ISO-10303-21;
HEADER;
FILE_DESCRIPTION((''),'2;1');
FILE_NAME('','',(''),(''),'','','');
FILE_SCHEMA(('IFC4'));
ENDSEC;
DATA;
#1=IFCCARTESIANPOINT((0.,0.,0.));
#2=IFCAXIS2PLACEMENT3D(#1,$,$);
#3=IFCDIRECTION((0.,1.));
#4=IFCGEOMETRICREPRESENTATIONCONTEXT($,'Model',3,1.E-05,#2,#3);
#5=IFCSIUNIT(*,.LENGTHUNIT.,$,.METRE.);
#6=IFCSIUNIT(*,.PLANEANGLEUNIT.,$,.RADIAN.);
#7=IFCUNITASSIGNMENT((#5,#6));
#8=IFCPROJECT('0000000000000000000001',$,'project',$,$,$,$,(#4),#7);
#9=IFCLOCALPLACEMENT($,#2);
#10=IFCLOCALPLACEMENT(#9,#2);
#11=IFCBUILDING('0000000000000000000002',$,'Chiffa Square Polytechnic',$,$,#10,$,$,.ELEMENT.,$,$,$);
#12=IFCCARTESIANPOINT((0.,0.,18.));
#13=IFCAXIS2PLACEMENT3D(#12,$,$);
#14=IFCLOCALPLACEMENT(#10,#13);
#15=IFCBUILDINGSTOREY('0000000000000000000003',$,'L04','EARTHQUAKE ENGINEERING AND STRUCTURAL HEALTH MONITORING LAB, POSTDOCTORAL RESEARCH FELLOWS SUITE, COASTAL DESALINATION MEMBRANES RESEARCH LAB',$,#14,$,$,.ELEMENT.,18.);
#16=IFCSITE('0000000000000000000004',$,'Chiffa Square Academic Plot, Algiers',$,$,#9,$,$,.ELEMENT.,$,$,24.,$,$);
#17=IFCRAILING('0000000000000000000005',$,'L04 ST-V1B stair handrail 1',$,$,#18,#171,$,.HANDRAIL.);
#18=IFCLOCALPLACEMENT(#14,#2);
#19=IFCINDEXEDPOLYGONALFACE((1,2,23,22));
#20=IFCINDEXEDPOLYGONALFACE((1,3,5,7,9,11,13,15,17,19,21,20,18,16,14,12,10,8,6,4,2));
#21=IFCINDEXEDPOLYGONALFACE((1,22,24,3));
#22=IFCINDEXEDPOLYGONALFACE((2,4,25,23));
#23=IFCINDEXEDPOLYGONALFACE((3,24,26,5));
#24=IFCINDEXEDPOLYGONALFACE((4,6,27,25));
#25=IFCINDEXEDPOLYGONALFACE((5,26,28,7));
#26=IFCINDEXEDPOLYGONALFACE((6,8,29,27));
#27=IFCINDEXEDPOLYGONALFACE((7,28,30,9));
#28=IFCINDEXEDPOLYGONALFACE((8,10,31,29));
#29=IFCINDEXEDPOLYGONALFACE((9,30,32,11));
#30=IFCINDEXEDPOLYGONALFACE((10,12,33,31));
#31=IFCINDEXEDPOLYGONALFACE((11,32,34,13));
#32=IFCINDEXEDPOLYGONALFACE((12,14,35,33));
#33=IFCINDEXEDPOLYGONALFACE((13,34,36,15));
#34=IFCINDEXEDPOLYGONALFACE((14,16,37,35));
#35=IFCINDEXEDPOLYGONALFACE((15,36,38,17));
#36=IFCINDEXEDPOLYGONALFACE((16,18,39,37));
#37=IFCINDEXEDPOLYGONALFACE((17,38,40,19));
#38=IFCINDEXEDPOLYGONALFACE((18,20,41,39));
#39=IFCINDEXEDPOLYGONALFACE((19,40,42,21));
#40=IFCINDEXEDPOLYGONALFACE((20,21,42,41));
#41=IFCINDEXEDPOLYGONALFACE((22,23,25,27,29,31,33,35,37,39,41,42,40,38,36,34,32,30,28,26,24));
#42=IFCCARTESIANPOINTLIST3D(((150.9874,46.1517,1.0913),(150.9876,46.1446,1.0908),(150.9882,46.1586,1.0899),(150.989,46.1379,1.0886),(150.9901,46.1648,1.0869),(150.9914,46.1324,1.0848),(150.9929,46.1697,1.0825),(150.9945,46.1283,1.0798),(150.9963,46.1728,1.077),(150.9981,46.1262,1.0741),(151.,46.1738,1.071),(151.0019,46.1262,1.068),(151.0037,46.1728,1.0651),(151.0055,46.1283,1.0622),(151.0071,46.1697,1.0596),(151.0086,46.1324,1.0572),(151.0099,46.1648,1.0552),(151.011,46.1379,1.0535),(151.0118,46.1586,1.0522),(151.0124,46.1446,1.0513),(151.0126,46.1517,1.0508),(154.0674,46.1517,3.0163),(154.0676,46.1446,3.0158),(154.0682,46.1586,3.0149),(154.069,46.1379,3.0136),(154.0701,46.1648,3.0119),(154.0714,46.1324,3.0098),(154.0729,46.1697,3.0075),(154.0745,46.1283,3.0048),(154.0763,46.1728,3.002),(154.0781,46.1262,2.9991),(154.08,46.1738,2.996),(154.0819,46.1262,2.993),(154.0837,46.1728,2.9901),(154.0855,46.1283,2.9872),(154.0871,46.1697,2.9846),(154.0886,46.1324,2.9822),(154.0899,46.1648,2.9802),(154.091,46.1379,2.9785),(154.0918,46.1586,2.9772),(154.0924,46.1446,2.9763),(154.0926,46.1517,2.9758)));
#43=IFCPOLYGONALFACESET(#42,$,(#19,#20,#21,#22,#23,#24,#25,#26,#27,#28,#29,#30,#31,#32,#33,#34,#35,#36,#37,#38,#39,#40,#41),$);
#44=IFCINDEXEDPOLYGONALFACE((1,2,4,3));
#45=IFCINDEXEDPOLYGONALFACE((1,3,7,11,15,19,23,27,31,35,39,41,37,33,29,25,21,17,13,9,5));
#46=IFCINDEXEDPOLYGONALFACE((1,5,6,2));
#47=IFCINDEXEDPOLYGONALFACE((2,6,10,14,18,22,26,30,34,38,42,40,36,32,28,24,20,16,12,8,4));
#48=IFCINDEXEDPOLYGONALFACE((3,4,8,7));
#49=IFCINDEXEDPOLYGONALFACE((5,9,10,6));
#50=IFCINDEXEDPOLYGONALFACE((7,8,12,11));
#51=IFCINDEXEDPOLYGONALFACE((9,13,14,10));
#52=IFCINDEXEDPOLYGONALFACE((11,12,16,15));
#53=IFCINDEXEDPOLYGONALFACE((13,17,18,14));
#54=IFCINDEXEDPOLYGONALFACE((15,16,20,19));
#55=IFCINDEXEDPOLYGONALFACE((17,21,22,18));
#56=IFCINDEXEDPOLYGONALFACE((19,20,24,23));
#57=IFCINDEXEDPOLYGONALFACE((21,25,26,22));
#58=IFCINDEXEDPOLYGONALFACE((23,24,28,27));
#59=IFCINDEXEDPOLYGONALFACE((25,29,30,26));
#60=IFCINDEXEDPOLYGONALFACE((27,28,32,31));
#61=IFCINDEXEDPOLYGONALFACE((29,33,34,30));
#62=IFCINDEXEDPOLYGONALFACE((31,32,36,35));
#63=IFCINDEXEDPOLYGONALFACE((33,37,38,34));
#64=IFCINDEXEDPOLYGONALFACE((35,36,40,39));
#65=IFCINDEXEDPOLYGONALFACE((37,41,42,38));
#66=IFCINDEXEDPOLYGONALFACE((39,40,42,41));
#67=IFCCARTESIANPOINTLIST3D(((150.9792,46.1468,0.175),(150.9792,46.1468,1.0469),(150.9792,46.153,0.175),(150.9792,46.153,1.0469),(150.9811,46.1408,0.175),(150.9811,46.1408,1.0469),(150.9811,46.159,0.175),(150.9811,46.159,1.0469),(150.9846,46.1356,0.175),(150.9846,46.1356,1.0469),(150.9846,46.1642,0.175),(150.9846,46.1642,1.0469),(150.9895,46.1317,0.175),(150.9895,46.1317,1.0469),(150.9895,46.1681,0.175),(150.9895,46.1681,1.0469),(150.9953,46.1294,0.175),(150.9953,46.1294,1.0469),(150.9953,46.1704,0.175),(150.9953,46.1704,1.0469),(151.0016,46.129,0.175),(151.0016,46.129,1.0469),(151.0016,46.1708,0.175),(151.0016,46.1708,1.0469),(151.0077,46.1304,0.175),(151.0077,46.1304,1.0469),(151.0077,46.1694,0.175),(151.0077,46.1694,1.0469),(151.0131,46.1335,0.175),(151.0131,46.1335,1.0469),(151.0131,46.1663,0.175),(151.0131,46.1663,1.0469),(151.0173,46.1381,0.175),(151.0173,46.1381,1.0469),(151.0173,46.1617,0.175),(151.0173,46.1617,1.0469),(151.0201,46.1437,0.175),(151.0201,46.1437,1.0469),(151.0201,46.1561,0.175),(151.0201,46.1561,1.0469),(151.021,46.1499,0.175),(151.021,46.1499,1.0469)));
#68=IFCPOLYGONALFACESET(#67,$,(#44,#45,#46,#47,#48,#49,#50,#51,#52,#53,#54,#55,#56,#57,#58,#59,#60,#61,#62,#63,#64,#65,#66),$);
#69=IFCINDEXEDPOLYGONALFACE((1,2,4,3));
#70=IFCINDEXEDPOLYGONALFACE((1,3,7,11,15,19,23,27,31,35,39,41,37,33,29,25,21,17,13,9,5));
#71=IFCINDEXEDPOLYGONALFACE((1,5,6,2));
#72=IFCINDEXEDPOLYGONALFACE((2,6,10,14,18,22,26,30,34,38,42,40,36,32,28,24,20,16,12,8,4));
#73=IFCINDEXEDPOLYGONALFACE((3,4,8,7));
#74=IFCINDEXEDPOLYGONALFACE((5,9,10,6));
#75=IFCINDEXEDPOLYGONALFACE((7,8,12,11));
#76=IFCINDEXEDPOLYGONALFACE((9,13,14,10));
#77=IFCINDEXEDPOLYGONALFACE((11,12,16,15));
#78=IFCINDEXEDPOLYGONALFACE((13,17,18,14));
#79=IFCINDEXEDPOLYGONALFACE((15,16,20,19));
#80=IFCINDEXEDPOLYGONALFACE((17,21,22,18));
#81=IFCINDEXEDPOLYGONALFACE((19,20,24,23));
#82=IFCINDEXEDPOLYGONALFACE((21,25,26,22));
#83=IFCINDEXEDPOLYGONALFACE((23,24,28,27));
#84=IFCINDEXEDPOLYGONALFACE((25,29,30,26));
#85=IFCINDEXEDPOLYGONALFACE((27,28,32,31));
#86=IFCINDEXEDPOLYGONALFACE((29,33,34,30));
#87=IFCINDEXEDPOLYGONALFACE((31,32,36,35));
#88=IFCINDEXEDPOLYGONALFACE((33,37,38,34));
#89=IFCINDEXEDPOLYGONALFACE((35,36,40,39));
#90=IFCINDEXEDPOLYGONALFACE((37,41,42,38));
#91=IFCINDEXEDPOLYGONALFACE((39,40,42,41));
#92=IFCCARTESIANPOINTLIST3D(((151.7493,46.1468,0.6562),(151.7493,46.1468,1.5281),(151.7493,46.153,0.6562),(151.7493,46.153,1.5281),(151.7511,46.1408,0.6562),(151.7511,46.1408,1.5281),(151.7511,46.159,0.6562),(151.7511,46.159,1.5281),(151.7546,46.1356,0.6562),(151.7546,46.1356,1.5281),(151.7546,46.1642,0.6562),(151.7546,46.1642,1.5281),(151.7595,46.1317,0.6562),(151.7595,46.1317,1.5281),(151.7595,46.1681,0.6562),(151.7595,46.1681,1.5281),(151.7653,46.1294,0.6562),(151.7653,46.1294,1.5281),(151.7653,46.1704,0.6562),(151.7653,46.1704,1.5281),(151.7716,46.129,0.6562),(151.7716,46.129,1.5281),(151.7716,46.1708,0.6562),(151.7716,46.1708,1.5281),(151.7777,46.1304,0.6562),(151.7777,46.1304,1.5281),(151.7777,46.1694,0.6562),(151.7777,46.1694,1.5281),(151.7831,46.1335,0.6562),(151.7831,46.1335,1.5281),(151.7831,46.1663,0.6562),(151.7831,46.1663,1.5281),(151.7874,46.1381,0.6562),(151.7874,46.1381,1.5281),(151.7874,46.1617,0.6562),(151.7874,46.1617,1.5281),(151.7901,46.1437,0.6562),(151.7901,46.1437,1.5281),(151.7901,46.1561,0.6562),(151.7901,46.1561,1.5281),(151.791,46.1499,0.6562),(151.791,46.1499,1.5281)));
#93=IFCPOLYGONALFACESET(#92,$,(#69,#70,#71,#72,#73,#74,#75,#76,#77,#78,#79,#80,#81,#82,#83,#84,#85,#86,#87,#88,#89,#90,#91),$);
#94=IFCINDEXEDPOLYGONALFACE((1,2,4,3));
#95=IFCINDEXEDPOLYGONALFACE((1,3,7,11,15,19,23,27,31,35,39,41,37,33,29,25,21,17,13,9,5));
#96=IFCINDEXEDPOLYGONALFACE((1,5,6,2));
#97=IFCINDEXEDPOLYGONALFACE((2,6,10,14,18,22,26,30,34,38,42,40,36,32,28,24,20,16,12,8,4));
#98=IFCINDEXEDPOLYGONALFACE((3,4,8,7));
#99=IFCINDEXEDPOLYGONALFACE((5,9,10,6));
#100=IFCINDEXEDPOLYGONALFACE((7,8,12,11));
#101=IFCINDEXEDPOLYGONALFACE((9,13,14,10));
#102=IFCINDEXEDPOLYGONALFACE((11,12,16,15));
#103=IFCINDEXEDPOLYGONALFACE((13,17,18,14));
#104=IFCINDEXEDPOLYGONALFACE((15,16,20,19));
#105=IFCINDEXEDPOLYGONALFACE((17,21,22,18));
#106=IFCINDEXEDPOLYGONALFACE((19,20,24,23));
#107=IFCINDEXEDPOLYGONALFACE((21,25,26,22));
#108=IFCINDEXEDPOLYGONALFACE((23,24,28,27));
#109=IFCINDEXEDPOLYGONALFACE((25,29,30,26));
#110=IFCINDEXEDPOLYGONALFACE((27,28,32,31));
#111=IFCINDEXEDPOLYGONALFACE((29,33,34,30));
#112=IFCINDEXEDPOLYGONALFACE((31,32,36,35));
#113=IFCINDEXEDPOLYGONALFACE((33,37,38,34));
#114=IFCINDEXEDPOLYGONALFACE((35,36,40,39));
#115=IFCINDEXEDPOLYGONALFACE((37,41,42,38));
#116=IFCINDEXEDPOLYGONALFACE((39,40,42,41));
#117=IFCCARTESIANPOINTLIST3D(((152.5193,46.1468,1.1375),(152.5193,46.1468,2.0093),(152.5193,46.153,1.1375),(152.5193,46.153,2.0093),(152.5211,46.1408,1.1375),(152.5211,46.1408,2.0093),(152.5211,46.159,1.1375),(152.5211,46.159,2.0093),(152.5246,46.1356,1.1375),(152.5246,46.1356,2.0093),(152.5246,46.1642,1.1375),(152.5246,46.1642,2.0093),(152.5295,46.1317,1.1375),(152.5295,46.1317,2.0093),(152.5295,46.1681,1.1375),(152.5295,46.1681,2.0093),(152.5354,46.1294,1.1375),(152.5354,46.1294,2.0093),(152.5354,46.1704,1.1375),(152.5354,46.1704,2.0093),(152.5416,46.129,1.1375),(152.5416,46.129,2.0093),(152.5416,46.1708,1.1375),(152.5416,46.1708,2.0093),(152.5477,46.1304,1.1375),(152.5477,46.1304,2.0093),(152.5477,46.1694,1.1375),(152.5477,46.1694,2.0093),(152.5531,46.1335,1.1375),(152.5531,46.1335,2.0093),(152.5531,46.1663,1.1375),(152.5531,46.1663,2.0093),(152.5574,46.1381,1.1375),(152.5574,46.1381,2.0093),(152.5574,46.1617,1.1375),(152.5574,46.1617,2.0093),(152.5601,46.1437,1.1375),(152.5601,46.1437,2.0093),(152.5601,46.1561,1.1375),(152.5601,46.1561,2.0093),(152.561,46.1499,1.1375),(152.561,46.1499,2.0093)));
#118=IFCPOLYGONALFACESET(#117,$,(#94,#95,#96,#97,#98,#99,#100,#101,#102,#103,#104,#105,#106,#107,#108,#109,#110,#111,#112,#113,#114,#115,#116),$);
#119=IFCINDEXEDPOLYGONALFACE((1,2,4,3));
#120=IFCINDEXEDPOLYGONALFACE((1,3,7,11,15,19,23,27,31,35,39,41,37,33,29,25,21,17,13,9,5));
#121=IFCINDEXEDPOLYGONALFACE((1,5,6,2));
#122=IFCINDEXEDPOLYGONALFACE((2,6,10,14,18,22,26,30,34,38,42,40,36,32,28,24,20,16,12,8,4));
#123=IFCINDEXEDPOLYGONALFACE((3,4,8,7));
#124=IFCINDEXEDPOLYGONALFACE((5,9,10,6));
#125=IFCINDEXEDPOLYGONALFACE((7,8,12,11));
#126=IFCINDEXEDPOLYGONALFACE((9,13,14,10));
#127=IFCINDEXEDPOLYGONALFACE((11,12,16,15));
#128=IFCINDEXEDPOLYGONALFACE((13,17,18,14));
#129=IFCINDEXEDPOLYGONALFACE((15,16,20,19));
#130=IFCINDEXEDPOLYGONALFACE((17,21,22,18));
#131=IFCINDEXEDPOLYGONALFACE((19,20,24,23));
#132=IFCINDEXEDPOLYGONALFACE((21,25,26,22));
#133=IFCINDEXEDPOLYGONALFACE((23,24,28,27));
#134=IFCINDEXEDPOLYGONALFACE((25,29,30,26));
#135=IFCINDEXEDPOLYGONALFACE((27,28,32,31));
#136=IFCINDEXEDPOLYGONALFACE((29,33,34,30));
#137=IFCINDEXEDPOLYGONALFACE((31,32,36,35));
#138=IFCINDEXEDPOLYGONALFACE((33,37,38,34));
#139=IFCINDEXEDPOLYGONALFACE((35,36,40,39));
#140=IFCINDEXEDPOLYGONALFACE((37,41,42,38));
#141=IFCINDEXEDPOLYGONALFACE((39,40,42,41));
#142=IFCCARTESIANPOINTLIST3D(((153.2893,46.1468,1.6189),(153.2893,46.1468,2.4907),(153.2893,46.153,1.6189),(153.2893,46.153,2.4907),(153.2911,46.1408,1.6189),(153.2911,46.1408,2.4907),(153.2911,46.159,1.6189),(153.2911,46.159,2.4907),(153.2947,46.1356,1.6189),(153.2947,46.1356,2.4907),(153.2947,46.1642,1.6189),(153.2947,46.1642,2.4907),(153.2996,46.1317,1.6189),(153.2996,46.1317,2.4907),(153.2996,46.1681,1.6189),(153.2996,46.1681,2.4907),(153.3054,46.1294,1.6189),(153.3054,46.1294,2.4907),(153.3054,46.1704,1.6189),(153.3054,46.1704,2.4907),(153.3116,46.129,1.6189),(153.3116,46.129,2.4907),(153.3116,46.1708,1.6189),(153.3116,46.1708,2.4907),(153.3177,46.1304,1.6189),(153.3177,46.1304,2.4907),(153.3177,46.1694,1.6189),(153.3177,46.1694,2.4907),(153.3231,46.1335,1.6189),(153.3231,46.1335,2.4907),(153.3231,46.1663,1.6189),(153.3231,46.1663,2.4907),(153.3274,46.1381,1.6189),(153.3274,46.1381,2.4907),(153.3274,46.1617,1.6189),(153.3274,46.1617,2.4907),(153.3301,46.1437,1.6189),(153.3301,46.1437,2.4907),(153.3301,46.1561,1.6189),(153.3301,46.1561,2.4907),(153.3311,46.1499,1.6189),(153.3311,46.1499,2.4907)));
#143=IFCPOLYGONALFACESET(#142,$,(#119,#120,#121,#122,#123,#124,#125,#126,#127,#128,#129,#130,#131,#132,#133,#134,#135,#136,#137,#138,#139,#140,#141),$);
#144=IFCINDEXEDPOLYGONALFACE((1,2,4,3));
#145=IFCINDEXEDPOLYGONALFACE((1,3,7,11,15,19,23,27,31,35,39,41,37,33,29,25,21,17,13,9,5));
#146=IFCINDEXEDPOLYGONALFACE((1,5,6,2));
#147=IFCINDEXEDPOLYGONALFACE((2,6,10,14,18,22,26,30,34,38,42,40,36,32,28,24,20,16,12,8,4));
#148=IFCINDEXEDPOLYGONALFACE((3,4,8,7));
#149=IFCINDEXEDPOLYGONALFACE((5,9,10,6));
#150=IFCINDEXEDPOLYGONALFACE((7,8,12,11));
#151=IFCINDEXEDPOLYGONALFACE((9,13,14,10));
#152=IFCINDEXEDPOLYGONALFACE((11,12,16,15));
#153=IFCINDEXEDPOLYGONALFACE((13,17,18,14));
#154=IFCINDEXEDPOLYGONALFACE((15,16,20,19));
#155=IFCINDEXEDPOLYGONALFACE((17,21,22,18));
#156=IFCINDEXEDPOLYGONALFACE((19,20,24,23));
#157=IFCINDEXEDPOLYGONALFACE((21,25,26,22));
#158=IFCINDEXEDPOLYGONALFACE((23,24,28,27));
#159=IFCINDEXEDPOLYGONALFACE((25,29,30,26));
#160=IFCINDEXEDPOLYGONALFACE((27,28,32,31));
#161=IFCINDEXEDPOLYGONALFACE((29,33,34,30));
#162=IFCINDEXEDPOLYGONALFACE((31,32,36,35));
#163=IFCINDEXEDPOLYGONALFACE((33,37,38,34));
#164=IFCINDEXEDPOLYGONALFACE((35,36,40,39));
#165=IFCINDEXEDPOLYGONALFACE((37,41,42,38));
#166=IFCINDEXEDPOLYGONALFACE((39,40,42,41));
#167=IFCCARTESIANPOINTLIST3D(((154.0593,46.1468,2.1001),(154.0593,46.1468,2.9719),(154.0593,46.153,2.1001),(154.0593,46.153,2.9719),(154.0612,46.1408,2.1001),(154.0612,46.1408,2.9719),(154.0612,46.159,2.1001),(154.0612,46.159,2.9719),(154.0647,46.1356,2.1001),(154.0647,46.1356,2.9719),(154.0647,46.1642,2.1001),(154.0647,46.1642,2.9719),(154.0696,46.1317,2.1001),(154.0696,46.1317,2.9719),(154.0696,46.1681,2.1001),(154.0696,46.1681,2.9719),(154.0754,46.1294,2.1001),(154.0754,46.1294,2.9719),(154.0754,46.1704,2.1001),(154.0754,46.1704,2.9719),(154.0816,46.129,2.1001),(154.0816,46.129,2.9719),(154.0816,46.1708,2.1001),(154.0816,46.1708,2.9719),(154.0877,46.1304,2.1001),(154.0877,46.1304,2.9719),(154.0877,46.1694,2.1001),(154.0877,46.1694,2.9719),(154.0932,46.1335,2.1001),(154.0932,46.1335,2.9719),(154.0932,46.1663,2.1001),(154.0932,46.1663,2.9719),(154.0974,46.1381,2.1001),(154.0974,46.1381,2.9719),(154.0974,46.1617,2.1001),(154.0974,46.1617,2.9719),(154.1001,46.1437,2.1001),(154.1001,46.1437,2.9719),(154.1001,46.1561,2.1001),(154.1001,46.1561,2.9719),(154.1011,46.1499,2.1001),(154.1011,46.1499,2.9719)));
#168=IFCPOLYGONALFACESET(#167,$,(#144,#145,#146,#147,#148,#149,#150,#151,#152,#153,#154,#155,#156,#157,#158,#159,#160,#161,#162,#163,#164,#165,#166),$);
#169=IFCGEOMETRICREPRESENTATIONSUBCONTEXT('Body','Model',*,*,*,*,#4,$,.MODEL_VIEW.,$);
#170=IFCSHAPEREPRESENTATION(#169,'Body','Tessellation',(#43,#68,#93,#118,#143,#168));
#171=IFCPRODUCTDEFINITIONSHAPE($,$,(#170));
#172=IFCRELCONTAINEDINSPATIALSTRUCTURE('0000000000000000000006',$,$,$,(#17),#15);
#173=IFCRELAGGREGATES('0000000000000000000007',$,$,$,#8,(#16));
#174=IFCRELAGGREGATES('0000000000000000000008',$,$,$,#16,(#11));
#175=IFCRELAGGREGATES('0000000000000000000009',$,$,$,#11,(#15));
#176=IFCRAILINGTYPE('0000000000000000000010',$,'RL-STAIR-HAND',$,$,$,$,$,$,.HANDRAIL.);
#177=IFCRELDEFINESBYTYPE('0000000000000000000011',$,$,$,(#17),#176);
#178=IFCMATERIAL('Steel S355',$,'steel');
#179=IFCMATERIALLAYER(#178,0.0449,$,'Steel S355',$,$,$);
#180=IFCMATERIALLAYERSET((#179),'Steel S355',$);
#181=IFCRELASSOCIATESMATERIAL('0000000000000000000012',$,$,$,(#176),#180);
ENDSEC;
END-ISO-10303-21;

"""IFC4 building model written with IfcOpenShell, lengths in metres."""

from ifc_helpers import new_model, si_unit, direction, frame, origin, origin_2d, place, context, subcontext, project, spatial, circle, extrude, material, layer, layer_set, type_object, element, save


model = new_model("IFC4")

# Units and contexts
model_context = context("Model", 3, precision=1e-05, world=origin(), true_north=direction((0.0, 1.0)))
body_context = subcontext(model_context, "Body", "Model", "MODEL_VIEW")
ifc_project = project(units=[si_unit("LENGTHUNIT", "METRE"), si_unit("PLANEANGLEUNIT", "RADIAN")], contexts=[model_context])

# Site, building, storey
site_placement = place(None, origin())
site = spatial("IfcSite", under=ifc_project, at=site_placement, Name="Chiffa Square Academic Plot, Algiers", CompositionType="ELEMENT", RefElevation=24.0)
building_placement = place(site_placement, origin())
building = spatial("IfcBuilding", under=site, at=building_placement, Name="Chiffa Square Polytechnic", CompositionType="ELEMENT")
storey_placement = place(building_placement, frame((0.0, 0.0, 18.0)))
storey = spatial("IfcBuildingStorey", under=building, at=storey_placement, Name="L04", Description="EARTHQUAKE ENGINEERING AND STRUCTURAL HEALTH MONITORING LAB, POSTDOCTORAL RESEARCH FELLOWS SUITE, COASTAL DESALINATION MEMBRANES RESEARCH LAB", CompositionType="ELEMENT", Elevation=18.0)

# Railing
ifc_material_1 = material(Name="Steel S355", Category="steel")
ifc_layer_1 = layer(ifc_material_1, 0.0449, Name="Steel S355")
ifc_layer_set_1 = layer_set([ifc_layer_1], Name="Steel S355")
railing_type_1 = type_object("IfcRailingType", Name="RL-STAIR-HAND", PredefinedType="HANDRAIL", material=ifc_layer_set_1)
railing_1_placement = place(storey_placement, frame((151.0, 46.1499, 0.175)))
element("IfcRailing", 1, at=railing_1_placement, inside=storey, type_object=railing_type_1, Name="L04 ST-V1B stair handrail 1", PredefinedType="HANDRAIL", context=body_context, shape_type="SweptSolid", body=[
    extrude(circle(Radius=0.0239, at=origin_2d()), frame((0.0, 0.0, 0.896), z_axis=(0.847998, 0.0, 0.529999), x_axis=(0.0, 1.0, 0.0)), (0.0, 0.0, 1.0), 3.6321),
    extrude(circle(Radius=0.021, at=origin_2d()), origin(), (0.0, 0.0, 1.0), 0.8718),
    extrude(circle(Radius=0.021, at=origin_2d()), frame((0.77, 0.0, 0.4812)), (0.0, 0.0, 1.0), 0.8718),
    extrude(circle(Radius=0.021, at=origin_2d()), frame((1.54, 0.0, 0.9624)), (0.0, 0.0, 1.0), 0.8718),
    extrude(circle(Radius=0.021, at=origin_2d()), frame((2.3101, 0.0, 1.4438)), (0.0, 0.0, 1.0), 0.8718),
    extrude(circle(Radius=0.021, at=origin_2d()), frame((3.0801, 0.0, 1.925)), (0.0, 0.0, 1.0), 0.8718),
])

save(model, "model.ifc")
